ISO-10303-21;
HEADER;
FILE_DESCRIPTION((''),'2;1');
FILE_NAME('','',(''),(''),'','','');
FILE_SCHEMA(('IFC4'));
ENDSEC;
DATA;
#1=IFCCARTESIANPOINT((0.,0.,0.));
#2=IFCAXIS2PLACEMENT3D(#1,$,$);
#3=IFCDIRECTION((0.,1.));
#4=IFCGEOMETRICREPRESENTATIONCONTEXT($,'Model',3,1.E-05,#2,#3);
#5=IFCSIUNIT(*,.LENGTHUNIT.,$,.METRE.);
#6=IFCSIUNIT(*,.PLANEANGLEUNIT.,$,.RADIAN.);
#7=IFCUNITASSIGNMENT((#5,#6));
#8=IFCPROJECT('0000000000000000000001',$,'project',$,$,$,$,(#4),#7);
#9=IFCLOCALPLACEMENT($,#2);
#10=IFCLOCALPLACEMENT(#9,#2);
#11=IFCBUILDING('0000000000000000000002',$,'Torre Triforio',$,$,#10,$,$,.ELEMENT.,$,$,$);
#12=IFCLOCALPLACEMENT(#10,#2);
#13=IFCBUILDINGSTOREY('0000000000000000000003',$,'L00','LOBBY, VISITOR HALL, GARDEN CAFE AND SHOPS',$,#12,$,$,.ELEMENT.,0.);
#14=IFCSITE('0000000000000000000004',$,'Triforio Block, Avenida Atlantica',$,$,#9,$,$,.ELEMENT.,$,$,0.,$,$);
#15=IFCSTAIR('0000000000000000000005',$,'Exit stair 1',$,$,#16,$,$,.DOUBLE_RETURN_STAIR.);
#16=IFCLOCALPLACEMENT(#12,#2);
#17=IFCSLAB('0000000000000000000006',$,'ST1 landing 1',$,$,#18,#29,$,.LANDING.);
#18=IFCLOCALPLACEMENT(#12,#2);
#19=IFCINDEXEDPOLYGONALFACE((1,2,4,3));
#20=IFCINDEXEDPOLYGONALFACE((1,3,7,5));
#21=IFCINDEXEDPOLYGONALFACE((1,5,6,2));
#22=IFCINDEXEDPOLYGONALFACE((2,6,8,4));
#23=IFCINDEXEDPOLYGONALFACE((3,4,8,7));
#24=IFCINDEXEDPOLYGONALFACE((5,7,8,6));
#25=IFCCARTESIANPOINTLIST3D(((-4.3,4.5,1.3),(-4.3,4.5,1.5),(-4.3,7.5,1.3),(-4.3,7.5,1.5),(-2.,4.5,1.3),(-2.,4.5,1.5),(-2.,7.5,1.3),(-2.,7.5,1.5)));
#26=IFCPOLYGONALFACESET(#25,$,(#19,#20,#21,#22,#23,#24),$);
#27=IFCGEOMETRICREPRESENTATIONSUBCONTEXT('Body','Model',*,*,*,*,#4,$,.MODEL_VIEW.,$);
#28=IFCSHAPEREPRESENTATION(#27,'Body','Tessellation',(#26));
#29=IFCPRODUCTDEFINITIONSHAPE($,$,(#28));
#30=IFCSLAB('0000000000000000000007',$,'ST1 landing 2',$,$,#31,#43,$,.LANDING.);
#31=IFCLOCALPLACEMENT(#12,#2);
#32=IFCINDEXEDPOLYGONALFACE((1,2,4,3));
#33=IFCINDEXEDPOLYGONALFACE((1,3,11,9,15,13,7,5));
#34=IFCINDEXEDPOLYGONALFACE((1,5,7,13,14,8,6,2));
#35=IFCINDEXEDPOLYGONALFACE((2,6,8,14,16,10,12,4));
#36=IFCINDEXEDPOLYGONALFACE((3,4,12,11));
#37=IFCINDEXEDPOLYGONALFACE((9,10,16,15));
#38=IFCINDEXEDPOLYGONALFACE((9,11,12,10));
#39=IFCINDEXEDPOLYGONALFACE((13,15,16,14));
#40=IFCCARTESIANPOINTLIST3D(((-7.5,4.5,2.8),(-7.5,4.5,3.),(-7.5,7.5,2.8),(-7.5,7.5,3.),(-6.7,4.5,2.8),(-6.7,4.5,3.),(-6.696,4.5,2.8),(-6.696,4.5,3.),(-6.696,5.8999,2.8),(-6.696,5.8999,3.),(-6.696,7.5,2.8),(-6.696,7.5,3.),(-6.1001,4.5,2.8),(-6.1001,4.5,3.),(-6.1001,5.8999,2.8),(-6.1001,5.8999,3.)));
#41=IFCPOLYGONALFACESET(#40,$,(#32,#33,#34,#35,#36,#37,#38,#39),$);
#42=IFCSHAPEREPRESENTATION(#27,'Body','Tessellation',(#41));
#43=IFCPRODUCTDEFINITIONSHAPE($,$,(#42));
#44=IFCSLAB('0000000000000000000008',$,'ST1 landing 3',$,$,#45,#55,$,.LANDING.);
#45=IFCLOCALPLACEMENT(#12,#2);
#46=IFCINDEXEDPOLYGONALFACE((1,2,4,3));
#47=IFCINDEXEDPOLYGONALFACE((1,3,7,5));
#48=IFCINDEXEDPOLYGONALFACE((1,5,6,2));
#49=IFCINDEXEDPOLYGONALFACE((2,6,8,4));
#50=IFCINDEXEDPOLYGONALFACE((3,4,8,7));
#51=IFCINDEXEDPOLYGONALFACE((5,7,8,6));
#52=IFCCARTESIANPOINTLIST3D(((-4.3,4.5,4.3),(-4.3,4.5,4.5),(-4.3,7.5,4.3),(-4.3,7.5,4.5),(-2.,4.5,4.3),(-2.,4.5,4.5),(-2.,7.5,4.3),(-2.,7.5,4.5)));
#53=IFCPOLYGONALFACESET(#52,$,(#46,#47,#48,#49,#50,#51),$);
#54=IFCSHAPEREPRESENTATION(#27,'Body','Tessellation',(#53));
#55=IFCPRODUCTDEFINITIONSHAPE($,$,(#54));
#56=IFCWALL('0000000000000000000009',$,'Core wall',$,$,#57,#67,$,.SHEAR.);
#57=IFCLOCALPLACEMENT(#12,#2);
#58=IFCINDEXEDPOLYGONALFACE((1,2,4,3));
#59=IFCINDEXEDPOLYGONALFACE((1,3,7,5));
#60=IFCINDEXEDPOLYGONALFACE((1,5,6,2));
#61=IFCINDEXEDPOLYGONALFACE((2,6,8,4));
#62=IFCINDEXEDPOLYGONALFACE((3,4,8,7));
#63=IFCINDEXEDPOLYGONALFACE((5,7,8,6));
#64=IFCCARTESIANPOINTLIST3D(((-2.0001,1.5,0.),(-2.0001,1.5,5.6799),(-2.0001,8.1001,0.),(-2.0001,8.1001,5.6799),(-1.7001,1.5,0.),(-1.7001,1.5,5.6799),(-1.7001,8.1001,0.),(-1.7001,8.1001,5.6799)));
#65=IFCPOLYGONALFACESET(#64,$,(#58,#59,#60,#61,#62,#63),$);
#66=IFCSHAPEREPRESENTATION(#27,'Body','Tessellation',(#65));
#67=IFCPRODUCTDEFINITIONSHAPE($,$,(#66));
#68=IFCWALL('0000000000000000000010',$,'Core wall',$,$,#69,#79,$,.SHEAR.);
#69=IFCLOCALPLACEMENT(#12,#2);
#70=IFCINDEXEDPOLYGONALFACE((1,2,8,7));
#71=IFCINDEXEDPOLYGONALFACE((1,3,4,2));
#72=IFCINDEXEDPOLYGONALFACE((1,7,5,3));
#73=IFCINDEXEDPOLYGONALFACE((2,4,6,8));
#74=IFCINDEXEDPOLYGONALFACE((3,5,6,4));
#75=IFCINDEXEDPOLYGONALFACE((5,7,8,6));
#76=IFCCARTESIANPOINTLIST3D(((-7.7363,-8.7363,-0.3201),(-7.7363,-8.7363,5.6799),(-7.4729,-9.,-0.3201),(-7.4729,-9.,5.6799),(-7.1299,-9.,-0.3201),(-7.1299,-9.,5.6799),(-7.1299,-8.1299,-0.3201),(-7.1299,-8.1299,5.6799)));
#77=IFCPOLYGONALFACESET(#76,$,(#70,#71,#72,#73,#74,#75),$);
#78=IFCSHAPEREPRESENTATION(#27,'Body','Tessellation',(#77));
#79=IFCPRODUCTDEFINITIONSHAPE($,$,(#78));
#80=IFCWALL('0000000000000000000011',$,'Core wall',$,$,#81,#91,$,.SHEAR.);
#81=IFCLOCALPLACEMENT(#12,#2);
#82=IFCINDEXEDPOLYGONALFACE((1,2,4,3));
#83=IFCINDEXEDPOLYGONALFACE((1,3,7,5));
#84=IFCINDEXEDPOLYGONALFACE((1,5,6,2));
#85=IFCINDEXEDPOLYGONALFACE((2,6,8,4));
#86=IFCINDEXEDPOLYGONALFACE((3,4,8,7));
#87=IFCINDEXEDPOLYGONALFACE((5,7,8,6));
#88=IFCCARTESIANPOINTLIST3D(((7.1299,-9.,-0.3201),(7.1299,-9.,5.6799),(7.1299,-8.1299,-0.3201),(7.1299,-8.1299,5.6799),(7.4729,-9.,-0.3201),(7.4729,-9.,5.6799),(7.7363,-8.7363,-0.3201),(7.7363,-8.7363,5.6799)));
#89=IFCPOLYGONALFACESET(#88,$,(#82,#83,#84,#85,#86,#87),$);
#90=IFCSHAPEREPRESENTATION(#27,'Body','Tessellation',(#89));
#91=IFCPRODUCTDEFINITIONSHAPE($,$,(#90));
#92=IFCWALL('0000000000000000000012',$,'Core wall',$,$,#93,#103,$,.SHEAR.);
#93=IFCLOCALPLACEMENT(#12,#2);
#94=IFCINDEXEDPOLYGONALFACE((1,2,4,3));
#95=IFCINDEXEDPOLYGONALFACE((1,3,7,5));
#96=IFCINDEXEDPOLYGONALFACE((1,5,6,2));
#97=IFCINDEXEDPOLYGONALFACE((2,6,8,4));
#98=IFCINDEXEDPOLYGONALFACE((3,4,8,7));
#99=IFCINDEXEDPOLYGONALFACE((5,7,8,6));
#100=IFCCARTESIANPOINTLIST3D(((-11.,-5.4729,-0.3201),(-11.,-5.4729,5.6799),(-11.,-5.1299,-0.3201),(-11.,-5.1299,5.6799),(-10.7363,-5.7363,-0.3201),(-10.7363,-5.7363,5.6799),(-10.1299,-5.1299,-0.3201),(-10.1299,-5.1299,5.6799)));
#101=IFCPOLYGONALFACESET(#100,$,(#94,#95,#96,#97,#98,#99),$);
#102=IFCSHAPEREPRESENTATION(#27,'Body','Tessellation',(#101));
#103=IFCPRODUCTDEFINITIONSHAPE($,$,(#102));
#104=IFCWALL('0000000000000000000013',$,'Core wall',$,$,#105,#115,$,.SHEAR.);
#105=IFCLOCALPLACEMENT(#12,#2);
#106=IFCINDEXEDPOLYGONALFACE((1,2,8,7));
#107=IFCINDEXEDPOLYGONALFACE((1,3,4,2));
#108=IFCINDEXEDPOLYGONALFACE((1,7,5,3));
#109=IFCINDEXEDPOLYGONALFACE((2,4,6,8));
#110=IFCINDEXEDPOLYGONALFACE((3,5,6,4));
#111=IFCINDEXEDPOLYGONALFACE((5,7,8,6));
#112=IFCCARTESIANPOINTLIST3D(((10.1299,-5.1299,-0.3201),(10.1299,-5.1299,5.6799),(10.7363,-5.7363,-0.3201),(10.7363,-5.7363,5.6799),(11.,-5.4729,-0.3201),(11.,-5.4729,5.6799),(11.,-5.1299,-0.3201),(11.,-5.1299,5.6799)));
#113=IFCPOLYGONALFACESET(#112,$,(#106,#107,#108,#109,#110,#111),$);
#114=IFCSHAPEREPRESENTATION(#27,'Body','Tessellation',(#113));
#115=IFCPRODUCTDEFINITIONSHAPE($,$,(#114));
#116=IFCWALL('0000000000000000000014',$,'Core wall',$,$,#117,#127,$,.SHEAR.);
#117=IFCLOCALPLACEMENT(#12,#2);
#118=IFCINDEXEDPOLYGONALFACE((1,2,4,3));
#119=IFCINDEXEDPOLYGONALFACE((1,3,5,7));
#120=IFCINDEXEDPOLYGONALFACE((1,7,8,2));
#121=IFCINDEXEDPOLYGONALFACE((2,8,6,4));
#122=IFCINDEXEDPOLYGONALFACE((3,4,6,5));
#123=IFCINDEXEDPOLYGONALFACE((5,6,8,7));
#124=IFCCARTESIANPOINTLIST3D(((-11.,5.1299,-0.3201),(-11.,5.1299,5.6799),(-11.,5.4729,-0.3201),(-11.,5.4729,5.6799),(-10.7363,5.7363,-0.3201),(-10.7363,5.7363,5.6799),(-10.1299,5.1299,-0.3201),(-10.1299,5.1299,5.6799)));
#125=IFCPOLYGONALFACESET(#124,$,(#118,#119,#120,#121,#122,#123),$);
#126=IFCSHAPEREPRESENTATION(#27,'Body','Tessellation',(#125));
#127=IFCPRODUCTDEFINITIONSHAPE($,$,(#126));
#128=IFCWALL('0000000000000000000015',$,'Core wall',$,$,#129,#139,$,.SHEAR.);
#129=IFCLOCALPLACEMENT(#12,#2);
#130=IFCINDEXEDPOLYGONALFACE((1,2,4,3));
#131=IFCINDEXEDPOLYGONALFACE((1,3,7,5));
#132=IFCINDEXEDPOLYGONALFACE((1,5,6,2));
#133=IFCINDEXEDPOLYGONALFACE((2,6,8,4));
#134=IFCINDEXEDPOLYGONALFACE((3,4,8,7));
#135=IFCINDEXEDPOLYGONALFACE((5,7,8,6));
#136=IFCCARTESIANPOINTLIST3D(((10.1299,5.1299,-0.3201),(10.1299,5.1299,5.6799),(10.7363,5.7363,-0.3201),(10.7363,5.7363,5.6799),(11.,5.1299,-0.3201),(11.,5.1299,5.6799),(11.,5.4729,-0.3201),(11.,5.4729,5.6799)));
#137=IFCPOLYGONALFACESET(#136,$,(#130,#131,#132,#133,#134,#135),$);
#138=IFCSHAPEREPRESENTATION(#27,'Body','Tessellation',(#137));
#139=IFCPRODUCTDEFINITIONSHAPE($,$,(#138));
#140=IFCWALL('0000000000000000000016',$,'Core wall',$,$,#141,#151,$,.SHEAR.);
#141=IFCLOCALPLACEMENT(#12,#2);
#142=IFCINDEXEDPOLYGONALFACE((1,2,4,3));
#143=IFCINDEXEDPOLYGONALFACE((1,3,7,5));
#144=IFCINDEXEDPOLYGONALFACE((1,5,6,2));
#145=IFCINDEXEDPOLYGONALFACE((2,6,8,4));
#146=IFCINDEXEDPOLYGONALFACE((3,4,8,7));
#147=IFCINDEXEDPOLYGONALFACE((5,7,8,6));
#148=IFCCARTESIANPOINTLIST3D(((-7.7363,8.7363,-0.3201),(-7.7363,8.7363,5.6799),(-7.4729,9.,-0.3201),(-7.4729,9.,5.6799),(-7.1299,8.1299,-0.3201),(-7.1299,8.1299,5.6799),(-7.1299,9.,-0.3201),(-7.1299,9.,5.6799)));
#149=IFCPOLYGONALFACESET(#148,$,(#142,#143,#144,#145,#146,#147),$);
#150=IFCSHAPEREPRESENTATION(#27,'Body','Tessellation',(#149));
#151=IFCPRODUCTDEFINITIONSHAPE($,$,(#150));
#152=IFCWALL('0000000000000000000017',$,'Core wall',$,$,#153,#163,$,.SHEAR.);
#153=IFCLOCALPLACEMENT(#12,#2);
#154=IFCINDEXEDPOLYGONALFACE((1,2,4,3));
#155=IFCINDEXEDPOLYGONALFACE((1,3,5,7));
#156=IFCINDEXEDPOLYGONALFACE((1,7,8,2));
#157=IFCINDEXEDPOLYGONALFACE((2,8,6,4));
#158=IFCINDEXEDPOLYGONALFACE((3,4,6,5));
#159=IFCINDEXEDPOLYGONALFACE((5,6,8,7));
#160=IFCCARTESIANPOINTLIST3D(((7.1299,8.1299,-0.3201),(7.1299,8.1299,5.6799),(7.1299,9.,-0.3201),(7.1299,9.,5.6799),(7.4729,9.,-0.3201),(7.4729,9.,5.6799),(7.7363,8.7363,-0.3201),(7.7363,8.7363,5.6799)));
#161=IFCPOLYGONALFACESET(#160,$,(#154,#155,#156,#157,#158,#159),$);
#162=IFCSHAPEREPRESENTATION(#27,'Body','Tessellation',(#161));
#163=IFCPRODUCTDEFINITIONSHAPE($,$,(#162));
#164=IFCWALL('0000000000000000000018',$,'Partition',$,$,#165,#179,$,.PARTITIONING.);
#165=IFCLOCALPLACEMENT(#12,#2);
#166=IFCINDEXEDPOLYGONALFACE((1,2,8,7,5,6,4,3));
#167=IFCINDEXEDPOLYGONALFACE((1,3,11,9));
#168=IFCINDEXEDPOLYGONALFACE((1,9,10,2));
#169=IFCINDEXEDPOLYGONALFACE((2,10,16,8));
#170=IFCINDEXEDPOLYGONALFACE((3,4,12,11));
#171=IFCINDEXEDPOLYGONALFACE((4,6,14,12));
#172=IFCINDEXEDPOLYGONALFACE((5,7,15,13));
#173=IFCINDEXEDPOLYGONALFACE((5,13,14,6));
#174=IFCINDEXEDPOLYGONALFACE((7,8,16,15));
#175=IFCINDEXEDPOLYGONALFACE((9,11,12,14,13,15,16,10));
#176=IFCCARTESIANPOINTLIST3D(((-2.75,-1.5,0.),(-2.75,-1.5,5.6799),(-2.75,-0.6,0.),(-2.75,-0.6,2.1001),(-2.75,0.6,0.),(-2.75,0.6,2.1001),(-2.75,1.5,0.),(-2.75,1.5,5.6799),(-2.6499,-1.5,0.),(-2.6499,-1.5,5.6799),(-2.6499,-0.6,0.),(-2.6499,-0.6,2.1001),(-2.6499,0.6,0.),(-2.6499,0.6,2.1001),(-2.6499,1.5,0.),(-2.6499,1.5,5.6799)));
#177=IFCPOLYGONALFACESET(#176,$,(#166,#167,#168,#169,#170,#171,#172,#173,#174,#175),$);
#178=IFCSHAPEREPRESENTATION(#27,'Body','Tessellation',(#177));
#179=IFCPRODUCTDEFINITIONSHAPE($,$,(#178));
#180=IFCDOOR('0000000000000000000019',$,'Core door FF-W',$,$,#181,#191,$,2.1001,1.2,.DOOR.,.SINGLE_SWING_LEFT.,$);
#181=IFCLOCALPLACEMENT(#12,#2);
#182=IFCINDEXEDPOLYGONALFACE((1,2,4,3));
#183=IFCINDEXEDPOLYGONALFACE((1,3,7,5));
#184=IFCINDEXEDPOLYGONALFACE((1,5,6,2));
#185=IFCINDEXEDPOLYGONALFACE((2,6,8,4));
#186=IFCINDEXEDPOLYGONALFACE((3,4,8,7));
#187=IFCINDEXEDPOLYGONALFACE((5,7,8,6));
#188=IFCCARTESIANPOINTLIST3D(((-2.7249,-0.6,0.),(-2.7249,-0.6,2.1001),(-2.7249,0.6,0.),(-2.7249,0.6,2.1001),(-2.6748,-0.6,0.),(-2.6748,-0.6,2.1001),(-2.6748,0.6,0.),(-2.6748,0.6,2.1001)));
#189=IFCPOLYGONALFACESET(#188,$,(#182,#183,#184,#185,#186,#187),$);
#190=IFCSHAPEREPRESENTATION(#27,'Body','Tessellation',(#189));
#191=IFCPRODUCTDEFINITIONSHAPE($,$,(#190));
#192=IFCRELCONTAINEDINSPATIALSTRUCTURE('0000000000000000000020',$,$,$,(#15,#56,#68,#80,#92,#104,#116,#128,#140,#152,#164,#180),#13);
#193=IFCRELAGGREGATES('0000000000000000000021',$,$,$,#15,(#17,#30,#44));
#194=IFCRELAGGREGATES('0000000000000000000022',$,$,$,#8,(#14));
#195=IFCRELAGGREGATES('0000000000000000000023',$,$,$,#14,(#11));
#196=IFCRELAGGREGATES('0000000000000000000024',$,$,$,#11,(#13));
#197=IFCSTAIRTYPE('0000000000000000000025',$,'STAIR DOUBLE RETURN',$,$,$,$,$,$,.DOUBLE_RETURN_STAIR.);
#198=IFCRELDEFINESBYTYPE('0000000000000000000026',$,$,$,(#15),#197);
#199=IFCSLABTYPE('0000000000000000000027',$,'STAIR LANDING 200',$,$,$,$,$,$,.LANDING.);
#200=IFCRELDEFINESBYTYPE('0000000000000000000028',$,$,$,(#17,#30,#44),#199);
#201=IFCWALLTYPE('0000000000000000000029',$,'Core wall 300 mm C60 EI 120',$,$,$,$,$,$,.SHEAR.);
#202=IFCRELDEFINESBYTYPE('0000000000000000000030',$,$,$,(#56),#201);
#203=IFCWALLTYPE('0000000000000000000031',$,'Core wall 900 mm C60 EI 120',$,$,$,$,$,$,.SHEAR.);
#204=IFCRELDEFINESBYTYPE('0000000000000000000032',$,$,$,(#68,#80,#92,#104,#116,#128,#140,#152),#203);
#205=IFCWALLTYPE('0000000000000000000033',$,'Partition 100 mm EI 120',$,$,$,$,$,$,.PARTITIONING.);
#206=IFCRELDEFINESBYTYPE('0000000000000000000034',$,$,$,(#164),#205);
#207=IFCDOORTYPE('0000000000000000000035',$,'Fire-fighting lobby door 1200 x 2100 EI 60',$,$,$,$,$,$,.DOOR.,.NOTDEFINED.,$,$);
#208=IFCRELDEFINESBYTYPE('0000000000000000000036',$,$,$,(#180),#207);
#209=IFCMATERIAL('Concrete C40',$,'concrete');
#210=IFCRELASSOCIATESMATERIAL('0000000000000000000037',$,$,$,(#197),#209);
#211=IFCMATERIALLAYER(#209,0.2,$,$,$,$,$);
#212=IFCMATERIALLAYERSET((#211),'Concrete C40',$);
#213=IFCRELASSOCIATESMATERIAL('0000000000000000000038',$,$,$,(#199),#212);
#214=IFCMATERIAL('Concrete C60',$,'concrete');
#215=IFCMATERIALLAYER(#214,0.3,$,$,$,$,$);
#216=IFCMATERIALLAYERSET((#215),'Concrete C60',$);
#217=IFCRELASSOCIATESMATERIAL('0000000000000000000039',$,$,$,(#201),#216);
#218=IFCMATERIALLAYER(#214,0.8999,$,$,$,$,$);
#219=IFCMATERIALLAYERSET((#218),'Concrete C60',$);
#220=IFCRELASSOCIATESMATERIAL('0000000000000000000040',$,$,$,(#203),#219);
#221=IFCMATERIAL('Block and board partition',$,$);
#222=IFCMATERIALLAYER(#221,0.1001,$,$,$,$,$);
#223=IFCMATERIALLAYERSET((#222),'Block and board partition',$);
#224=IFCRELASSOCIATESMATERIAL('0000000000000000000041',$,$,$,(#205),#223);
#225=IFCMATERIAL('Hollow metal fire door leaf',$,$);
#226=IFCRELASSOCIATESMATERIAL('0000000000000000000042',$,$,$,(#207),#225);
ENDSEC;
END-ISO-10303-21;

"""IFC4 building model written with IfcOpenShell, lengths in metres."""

from ifc_helpers import new_model, si_unit, direction, frame, frame_2d, origin, place, context, subcontext, project, spatial, polyline, rectangle, outline, extrude, material, layer, layer_set, type_object, element, fill, aggregate, save


model = new_model("IFC4")

# Units and contexts
model_context = context("Model", 3, precision=1e-05, world=origin(), true_north=direction((0.0, 1.0)))
body_context = subcontext(model_context, "Body", "Model", "MODEL_VIEW")
ifc_project = project(units=[si_unit("LENGTHUNIT", "METRE"), si_unit("PLANEANGLEUNIT", "RADIAN")], contexts=[model_context])

# Site, building, storey
site_placement = place(None, origin())
site = spatial("IfcSite", under=ifc_project, at=site_placement, Name="Triforio Block, Avenida Atlantica", CompositionType="ELEMENT", RefElevation=0.0)
building_placement = place(site_placement, origin())
building = spatial("IfcBuilding", under=site, at=building_placement, Name="Torre Triforio", CompositionType="ELEMENT")
storey_placement = place(building_placement, origin())
storey = spatial("IfcBuildingStorey", under=building, at=storey_placement, Name="L00", Description="LOBBY, VISITOR HALL, GARDEN CAFE AND SHOPS", CompositionType="ELEMENT", Elevation=0.0)

# Shared definitions
ifc_material_1 = material(Name="Concrete C40", Category="concrete")

# Shared definitions
ifc_material_2 = material(Name="Concrete C60", Category="concrete")

# Stair, slabs
stair_type = type_object("IfcStairType", Name="STAIR DOUBLE RETURN", PredefinedType="DOUBLE_RETURN_STAIR", material=ifc_material_1)
stair_placement = place(storey_placement, origin())
stair = element("IfcStair", 1, at=stair_placement, inside=storey, type_object=stair_type, Name="Exit stair 1", PredefinedType="DOUBLE_RETURN_STAIR")
ifc_layer_1 = layer(ifc_material_1, 0.2)
ifc_layer_set_1 = layer_set([ifc_layer_1], Name="Concrete C40")
slab_type_1 = type_object("IfcSlabType", Name="STAIR LANDING 200", PredefinedType="LANDING", material=ifc_layer_set_1)
slab_1_placement = place(storey_placement, frame((0.0, 0.0, 1.3)))
slab_1 = element("IfcSlab", 2, at=slab_1_placement, type_object=slab_type_1, Name="ST1 landing 1", PredefinedType="LANDING", context=body_context, shape_type="SweptSolid", body=[
    extrude(outline(polyline([(-2.0, 4.5), (-2.0, 7.5), (-4.3, 7.5), (-4.3, 4.5), (-2.0, 4.5)])), origin(), (0.0, 0.0, 1.0), 0.2),
])
slab_2_placement = place(storey_placement, frame((0.0, 0.0, 2.8)))
slab_2 = element("IfcSlab", 3, at=slab_2_placement, type_object=slab_type_1, Name="ST1 landing 2", PredefinedType="LANDING", context=body_context, shape_type="SweptSolid", body=[
    extrude(outline(polyline([(-6.1001, 5.8999), (-6.1001, 4.5), (-6.696, 4.5), (-6.7, 4.5), (-7.5, 4.5), (-7.5, 7.5), (-6.696, 7.5), (-6.696, 5.8999), (-6.1001, 5.8999)])), origin(), (0.0, 0.0, 1.0), 0.2),
])
slab_3_placement = place(storey_placement, frame((0.0, 0.0, 4.3)))
slab_3 = element("IfcSlab", 4, at=slab_3_placement, type_object=slab_type_1, Name="ST1 landing 3", PredefinedType="LANDING", context=body_context, shape_type="SweptSolid", body=[
    extrude(outline(polyline([(-2.0, 4.5), (-2.0, 7.5), (-4.3, 7.5), (-4.3, 4.5), (-2.0, 4.5)])), origin(), (0.0, 0.0, 1.0), 0.2),
])
aggregate(stair, [slab_1, slab_2, slab_3])

# Walls
ifc_layer_2 = layer(ifc_material_2, 0.3)
ifc_layer_set_2 = layer_set([ifc_layer_2], Name="Concrete C60")
wall_type_1 = type_object("IfcWallType", Name="Core wall 300 mm C60 EI 120", PredefinedType="SHEAR", material=ifc_layer_set_2)
wall_1_placement = place(storey_placement, frame((-1.8501, 1.5, 0.0), z_axis=(0.0, 0.0, 1.0), x_axis=(0.0, 1.0, 0.0)))
element("IfcWall", 5, at=wall_1_placement, inside=storey, type_object=wall_type_1, Name="Core wall", PredefinedType="SHEAR", context=body_context, shape_type="SweptSolid", body=[
    extrude(rectangle(XDim=6.6001, YDim=0.3, at=frame_2d((3.3, 0.0))), origin(), (0.0, 0.0, 1.0), 5.6799),
])
ifc_layer_3 = layer(ifc_material_2, 0.8999)
ifc_layer_set_3 = layer_set([ifc_layer_3], Name="Concrete C60")
wall_type_2 = type_object("IfcWallType", Name="Core wall 900 mm C60 EI 120", PredefinedType="SHEAR", material=ifc_layer_set_3)
wall_2_placement = place(storey_placement, frame((0.0, 0.0, -0.3201)))
element("IfcWall", 6, at=wall_2_placement, inside=storey, type_object=wall_type_2, Name="Core wall", PredefinedType="SHEAR", context=body_context, shape_type="SweptSolid", body=[
    extrude(outline(polyline([(-7.4729, -9.0), (-7.7363, -8.7363), (-7.1299, -8.1299), (-7.1299, -9.0), (-7.4729, -9.0)])), origin(), (0.0, 0.0, 1.0), 6.0),
])
wall_3_placement = place(storey_placement, frame((0.0, 0.0, -0.3201)))
element("IfcWall", 7, at=wall_3_placement, inside=storey, type_object=wall_type_2, Name="Core wall", PredefinedType="SHEAR", context=body_context, shape_type="SweptSolid", body=[
    extrude(outline(polyline([(7.4729, -9.0), (7.1299, -9.0), (7.1299, -8.1299), (7.7363, -8.7363), (7.4729, -9.0)])), origin(), (0.0, 0.0, 1.0), 6.0),
])
wall_4_placement = place(storey_placement, frame((0.0, 0.0, -0.3201)))
element("IfcWall", 8, at=wall_4_placement, inside=storey, type_object=wall_type_2, Name="Core wall", PredefinedType="SHEAR", context=body_context, shape_type="SweptSolid", body=[
    extrude(outline(polyline([(-11.0, -5.4729), (-11.0, -5.1299), (-10.1299, -5.1299), (-10.7363, -5.7363), (-11.0, -5.4729)])), origin(), (0.0, 0.0, 1.0), 6.0),
])
wall_5_placement = place(storey_placement, frame((0.0, 0.0, -0.3201)))
element("IfcWall", 9, at=wall_5_placement, inside=storey, type_object=wall_type_2, Name="Core wall", PredefinedType="SHEAR", context=body_context, shape_type="SweptSolid", body=[
    extrude(outline(polyline([(11.0, -5.4729), (10.7363, -5.7363), (10.1299, -5.1299), (11.0, -5.1299), (11.0, -5.4729)])), origin(), (0.0, 0.0, 1.0), 6.0),
])
wall_6_placement = place(storey_placement, frame((0.0, 0.0, -0.3201)))
element("IfcWall", 10, at=wall_6_placement, inside=storey, type_object=wall_type_2, Name="Core wall", PredefinedType="SHEAR", context=body_context, shape_type="SweptSolid", body=[
    extrude(outline(polyline([(-10.7363, 5.7363), (-10.1299, 5.1299), (-11.0, 5.1299), (-11.0, 5.4729), (-10.7363, 5.7363)])), origin(), (0.0, 0.0, 1.0), 6.0),
])
wall_7_placement = place(storey_placement, frame((0.0, 0.0, -0.3201)))
element("IfcWall", 11, at=wall_7_placement, inside=storey, type_object=wall_type_2, Name="Core wall", PredefinedType="SHEAR", context=body_context, shape_type="SweptSolid", body=[
    extrude(outline(polyline([(11.0, 5.4729), (11.0, 5.1299), (10.1299, 5.1299), (10.7363, 5.7363), (11.0, 5.4729)])), origin(), (0.0, 0.0, 1.0), 6.0),
])
wall_8_placement = place(storey_placement, frame((0.0, 0.0, -0.3201)))
element("IfcWall", 12, at=wall_8_placement, inside=storey, type_object=wall_type_2, Name="Core wall", PredefinedType="SHEAR", context=body_context, shape_type="SweptSolid", body=[
    extrude(outline(polyline([(-7.4729, 9.0), (-7.1299, 9.0), (-7.1299, 8.1299), (-7.7363, 8.7363), (-7.4729, 9.0)])), origin(), (0.0, 0.0, 1.0), 6.0),
])
wall_9_placement = place(storey_placement, frame((0.0, 0.0, -0.3201)))
element("IfcWall", 13, at=wall_9_placement, inside=storey, type_object=wall_type_2, Name="Core wall", PredefinedType="SHEAR", context=body_context, shape_type="SweptSolid", body=[
    extrude(outline(polyline([(7.4729, 9.0), (7.7363, 8.7363), (7.1299, 8.1299), (7.1299, 9.0), (7.4729, 9.0)])), origin(), (0.0, 0.0, 1.0), 6.0),
])

# Wall, opening, door
ifc_material_3 = material(Name="Block and board partition")
ifc_layer_4 = layer(ifc_material_3, 0.1001)
ifc_layer_set_4 = layer_set([ifc_layer_4], Name="Block and board partition")
wall_type_3 = type_object("IfcWallType", Name="Partition 100 mm EI 120", PredefinedType="PARTITIONING", material=ifc_layer_set_4)
wall_10_placement = place(storey_placement, frame((-2.7, -1.5, 0.0), z_axis=(0.0, 0.0, 1.0), x_axis=(0.0, 1.0, 0.0)))
wall_10 = element("IfcWall", 14, at=wall_10_placement, inside=storey, type_object=wall_type_3, Name="Partition", PredefinedType="PARTITIONING", context=body_context, shape_type="SweptSolid", body=[
    extrude(rectangle(XDim=3.0, YDim=0.1001, at=frame_2d((1.5, 0.0))), origin(), (0.0, 0.0, 1.0), 5.6799),
])
opening_1_placement = place(wall_10_placement, frame((0.8999, 0.0, 0.0)))
opening_1 = element("IfcOpeningElement", 15, at=opening_1_placement, cuts=wall_10, PredefinedType="OPENING", context=body_context, shape_type="SweptSolid", body=[
    extrude(rectangle(XDim=1.2, YDim=2.1001, at=frame_2d((0.6001, 1.05))), frame((0.0, 0.0601, 0.0), z_axis=(0.0, -1.0, 0.0), x_axis=(1.0, 0.0, 0.0)), (0.0, 0.0, 1.0), 0.1201),
])
ifc_material_4 = material(Name="Hollow metal fire door leaf")
door_type_1 = type_object("IfcDoorType", Name="Fire-fighting lobby door 1200 x 2100 EI 60", OperationType="NOTDEFINED", PredefinedType="DOOR", material=ifc_material_4)
door_1_placement = place(opening_1_placement, origin())
door_1 = element("IfcDoor", 16, at=door_1_placement, inside=storey, type_object=door_type_1, Name="Core door FF-W", OperationType="SINGLE_SWING_LEFT", OverallHeight=2.1001, OverallWidth=1.2, PredefinedType="DOOR", context=body_context, shape_type="SweptSolid", body=[
    extrude(rectangle(XDim=1.2, YDim=2.1001, at=frame_2d((0.6001, 1.05))), frame((0.0, 0.0249, 0.0), z_axis=(0.0, -1.0, 0.0), x_axis=(1.0, 0.0, 0.0)), (0.0, 0.0, 1.0), 0.05),
])
fill(opening_1, door_1)

save(model, "model.ifc")
